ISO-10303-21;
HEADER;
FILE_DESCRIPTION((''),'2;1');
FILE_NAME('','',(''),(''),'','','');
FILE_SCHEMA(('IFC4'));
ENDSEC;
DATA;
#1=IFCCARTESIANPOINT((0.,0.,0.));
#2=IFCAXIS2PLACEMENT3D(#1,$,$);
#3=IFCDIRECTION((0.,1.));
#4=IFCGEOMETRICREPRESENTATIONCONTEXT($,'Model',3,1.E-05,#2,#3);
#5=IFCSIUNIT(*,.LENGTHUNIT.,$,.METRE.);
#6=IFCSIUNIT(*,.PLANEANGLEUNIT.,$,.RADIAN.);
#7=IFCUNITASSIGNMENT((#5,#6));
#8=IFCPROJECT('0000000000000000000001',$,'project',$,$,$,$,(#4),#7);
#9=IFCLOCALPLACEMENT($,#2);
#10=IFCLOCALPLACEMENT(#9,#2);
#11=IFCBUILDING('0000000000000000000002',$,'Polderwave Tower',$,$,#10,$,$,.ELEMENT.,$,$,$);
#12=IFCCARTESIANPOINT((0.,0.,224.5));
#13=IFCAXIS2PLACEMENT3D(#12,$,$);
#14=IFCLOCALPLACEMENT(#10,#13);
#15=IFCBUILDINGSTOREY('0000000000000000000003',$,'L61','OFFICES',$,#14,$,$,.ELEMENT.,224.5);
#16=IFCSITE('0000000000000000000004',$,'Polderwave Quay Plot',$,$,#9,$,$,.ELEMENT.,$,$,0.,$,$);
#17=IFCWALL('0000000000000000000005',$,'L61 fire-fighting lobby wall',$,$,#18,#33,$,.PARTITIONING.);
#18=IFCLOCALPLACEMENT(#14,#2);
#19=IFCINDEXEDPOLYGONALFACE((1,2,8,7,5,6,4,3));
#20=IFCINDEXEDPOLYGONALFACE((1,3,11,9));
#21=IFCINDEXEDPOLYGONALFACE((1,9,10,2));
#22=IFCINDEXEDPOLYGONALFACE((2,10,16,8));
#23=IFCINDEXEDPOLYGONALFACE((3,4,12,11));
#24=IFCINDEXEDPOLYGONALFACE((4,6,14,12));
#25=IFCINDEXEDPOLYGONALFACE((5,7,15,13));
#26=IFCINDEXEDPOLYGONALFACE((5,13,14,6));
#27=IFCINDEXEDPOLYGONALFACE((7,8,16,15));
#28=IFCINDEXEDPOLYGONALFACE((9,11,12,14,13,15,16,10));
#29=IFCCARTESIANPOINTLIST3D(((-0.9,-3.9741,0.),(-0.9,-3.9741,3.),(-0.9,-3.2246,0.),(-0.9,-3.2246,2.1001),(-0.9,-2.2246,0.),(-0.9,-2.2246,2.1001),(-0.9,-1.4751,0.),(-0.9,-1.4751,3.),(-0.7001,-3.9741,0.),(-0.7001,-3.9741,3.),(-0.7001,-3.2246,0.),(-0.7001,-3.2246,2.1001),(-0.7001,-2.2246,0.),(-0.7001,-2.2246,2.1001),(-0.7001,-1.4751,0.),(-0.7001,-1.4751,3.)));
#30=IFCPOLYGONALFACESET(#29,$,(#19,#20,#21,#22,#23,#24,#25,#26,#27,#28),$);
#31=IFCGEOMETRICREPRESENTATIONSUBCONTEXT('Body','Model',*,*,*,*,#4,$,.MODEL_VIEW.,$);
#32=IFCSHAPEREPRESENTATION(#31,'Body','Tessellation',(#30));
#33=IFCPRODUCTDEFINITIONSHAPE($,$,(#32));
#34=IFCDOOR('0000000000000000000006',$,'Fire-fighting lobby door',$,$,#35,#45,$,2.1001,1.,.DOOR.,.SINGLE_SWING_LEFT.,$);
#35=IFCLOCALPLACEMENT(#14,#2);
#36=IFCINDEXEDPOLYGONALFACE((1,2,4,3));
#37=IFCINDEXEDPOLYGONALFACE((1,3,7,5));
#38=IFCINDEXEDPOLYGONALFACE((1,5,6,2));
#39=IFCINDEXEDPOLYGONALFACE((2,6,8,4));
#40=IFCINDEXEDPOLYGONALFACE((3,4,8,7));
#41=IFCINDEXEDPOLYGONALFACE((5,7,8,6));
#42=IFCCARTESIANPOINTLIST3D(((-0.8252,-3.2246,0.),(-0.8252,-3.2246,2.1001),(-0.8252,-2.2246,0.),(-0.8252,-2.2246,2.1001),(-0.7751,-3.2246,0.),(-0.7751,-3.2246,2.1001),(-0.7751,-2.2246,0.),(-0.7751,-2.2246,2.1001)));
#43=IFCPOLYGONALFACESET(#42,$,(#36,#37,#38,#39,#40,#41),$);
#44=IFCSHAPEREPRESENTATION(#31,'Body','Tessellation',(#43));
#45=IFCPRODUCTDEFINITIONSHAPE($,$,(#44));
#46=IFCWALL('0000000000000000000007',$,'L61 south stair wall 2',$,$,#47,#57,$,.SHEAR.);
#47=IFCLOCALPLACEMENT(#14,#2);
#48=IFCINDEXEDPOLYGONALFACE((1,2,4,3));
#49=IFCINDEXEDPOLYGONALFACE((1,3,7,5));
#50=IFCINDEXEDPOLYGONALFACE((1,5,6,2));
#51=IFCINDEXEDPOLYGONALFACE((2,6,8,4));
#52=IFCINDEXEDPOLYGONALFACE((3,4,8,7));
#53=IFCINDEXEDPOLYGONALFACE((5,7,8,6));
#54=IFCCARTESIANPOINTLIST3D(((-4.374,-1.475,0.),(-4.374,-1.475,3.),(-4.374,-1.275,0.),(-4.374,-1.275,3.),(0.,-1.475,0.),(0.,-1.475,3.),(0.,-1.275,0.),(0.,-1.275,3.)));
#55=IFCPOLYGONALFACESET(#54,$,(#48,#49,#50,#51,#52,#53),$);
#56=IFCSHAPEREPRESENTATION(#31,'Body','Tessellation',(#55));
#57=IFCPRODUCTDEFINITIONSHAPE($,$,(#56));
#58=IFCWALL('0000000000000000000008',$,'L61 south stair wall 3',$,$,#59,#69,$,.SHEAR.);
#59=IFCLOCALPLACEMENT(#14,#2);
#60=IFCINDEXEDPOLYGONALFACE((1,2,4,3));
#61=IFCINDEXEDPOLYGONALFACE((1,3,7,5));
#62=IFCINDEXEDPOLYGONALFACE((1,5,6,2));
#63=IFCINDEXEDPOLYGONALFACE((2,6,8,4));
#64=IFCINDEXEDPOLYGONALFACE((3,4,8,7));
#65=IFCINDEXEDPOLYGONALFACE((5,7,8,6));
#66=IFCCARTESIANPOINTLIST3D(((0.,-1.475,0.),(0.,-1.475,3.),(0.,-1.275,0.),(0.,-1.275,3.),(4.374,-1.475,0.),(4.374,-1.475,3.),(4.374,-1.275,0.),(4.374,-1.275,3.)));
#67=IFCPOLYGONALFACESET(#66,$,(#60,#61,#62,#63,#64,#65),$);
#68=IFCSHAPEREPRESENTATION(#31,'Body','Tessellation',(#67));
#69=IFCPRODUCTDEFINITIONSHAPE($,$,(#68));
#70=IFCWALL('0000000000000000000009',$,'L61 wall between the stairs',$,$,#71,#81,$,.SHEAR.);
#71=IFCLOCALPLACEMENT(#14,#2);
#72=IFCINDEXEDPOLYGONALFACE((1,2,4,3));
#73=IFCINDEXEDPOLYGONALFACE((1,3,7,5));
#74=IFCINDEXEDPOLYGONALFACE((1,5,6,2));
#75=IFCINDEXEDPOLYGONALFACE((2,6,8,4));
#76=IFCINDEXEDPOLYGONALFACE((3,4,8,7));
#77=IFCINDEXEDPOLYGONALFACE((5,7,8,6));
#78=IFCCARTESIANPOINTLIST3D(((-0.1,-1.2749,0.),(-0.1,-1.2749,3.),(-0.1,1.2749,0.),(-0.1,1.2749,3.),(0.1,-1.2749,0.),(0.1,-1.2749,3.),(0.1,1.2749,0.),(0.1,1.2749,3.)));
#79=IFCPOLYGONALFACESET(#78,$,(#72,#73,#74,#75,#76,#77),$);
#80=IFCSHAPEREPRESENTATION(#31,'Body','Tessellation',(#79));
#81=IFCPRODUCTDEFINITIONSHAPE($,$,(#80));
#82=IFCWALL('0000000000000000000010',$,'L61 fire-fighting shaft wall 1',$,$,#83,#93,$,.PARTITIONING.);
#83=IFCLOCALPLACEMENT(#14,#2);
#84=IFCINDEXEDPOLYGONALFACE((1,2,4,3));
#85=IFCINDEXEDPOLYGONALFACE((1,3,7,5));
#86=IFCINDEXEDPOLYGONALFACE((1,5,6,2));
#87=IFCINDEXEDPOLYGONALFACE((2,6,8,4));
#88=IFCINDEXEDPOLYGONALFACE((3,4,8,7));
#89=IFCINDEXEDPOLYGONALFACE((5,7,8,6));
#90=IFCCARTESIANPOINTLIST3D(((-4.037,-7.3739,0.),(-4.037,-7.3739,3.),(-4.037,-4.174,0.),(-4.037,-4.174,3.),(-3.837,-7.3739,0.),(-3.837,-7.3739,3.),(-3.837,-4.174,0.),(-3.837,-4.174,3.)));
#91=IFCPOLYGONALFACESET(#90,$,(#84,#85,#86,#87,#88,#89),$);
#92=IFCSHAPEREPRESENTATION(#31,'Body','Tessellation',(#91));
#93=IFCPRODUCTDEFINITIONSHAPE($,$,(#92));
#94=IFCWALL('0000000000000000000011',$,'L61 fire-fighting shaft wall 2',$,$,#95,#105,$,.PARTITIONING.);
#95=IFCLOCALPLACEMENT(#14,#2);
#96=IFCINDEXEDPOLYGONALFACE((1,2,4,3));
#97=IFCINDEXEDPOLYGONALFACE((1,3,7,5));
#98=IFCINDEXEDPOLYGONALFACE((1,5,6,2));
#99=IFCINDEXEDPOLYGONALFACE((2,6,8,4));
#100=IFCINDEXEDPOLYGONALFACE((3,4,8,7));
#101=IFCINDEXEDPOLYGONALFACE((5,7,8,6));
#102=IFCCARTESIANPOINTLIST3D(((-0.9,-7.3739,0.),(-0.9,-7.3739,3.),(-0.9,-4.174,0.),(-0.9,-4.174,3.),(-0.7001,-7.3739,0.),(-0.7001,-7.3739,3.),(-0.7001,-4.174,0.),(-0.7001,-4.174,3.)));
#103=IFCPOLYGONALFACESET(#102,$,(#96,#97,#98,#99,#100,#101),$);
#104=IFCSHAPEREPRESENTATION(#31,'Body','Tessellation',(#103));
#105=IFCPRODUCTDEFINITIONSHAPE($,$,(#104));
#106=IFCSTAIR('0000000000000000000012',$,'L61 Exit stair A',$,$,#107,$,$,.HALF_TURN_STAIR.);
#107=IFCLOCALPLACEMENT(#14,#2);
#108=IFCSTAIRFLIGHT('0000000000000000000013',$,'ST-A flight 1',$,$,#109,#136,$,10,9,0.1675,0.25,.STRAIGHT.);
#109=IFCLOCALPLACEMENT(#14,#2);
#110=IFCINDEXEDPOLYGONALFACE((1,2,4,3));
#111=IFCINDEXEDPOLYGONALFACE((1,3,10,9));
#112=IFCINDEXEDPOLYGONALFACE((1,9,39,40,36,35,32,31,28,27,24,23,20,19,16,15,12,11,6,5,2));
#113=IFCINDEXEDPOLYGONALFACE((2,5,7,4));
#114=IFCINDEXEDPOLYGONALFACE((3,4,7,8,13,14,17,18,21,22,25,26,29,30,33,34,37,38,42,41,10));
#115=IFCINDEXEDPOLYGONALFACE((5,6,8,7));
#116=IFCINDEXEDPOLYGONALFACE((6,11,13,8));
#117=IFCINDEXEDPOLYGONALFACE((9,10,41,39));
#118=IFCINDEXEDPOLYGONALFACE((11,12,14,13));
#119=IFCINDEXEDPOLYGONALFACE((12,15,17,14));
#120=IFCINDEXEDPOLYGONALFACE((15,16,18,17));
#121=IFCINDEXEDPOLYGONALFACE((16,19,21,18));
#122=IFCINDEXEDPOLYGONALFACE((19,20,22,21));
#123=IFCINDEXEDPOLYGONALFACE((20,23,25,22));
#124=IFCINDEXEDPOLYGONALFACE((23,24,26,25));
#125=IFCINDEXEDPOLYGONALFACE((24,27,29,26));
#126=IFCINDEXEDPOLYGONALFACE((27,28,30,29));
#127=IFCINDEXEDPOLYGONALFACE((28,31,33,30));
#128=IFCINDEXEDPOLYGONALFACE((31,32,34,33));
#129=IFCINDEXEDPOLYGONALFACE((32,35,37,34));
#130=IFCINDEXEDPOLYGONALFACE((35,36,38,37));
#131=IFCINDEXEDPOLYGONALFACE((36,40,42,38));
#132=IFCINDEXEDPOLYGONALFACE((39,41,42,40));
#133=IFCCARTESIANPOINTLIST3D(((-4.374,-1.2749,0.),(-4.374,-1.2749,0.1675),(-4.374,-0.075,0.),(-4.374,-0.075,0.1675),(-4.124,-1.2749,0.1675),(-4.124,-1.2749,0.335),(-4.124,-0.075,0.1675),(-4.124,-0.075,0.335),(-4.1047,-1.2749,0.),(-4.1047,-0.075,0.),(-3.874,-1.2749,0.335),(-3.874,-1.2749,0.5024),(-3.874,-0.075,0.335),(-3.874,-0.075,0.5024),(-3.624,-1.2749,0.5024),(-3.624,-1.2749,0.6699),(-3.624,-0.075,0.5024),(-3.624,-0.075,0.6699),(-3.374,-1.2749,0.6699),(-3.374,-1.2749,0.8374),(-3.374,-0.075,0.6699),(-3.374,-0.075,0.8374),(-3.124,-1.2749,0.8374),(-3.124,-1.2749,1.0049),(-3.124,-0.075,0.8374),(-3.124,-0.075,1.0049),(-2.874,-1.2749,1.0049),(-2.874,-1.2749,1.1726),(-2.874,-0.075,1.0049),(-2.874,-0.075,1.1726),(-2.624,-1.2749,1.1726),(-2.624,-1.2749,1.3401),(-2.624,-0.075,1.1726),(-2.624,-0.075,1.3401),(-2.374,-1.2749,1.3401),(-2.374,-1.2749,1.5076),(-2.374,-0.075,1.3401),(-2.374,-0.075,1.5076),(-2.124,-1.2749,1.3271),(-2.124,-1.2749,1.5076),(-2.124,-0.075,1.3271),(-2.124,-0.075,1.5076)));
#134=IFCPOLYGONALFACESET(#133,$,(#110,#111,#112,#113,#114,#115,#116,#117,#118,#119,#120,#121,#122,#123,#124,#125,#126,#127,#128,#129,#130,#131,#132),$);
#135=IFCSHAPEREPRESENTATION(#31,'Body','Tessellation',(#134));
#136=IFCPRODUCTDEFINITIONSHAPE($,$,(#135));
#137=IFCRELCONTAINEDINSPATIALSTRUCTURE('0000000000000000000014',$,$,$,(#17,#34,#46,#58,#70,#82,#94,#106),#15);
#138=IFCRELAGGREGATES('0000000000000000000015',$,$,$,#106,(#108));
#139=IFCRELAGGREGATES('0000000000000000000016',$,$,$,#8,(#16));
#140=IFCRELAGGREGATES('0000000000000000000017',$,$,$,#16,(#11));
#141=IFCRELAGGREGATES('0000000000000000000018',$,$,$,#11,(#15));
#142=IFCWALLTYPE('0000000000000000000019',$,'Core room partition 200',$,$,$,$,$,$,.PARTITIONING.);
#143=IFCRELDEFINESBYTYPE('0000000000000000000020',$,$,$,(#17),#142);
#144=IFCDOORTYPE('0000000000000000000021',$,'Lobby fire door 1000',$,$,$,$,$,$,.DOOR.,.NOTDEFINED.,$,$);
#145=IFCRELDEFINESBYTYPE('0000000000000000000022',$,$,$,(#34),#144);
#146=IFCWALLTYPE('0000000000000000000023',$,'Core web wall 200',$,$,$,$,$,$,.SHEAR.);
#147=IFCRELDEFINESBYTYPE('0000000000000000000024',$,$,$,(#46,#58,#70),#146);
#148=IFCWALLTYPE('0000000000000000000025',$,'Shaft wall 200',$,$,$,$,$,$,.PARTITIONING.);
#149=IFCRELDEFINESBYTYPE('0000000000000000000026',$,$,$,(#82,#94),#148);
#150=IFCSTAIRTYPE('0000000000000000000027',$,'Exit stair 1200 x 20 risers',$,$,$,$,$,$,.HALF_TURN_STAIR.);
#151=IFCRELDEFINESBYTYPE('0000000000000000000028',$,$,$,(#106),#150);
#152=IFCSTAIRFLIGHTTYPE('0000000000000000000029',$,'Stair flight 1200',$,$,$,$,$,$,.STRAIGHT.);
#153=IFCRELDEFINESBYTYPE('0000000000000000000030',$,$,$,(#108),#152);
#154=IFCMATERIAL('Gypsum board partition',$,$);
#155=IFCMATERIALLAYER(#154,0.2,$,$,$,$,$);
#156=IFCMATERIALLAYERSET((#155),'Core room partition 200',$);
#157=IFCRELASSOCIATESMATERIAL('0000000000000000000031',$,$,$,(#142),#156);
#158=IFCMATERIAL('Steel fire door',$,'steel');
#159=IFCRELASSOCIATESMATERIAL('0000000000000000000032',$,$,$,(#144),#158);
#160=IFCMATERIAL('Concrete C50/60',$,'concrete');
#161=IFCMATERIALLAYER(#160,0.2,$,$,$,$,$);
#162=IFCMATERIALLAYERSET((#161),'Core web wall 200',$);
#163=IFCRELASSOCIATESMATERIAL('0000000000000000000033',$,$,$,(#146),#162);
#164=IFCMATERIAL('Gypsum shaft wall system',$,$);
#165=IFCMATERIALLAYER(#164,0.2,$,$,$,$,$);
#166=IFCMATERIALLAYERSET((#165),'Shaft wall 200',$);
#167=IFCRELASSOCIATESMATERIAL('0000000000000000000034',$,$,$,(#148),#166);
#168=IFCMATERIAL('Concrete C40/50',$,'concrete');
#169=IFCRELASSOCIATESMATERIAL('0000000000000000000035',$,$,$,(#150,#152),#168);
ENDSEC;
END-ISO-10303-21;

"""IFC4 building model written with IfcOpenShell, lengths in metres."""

from ifc_helpers import new_model, si_unit, direction, frame, frame_2d, origin, place, context, subcontext, project, spatial, polyline, rectangle, outline, extrude, material, layer, layer_set, type_object, element, fill, aggregate, save


model = new_model("IFC4")

# Units and contexts
model_context = context("Model", 3, precision=1e-05, world=origin(), true_north=direction((0.0, 1.0)))
body_context = subcontext(model_context, "Body", "Model", "MODEL_VIEW")
ifc_project = project(units=[si_unit("LENGTHUNIT", "METRE"), si_unit("PLANEANGLEUNIT", "RADIAN")], contexts=[model_context])

# Site, building, storey
site_placement = place(None, origin())
site = spatial("IfcSite", under=ifc_project, at=site_placement, Name="Polderwave Quay Plot", CompositionType="ELEMENT", RefElevation=0.0)
building_placement = place(site_placement, origin())
building = spatial("IfcBuilding", under=site, at=building_placement, Name="Polderwave Tower", CompositionType="ELEMENT")
storey_placement = place(building_placement, frame((0.0, 0.0, 224.5)))
storey = spatial("IfcBuildingStorey", under=building, at=storey_placement, Name="L61", Description="OFFICES", CompositionType="ELEMENT", Elevation=224.5)

# Wall, opening, door
ifc_material_1 = material(Name="Gypsum board partition")
ifc_layer_1 = layer(ifc_material_1, 0.2)
ifc_layer_set_1 = layer_set([ifc_layer_1], Name="Core room partition 200")
wall_type_1 = type_object("IfcWallType", Name="Core room partition 200", PredefinedType="PARTITIONING", material=ifc_layer_set_1)
wall_1_placement = place(storey_placement, frame((-0.8, -3.9741, 0.0), z_axis=(0.0, 0.0, 1.0), x_axis=(0.0, 1.0, 0.0)))
wall_1 = element("IfcWall", 1, at=wall_1_placement, inside=storey, type_object=wall_type_1, Name="L61 fire-fighting lobby wall", PredefinedType="PARTITIONING", context=body_context, shape_type="SweptSolid", body=[
    extrude(rectangle(XDim=2.499, YDim=0.2, at=frame_2d((1.2495, 0.0))), origin(), (0.0, 0.0, 1.0), 3.0),
])
opening_placement = place(wall_1_placement, frame((0.7495, 0.0, 0.0)))
opening = element("IfcOpeningElement", 2, at=opening_placement, cuts=wall_1, PredefinedType="OPENING", context=body_context, shape_type="SweptSolid", body=[
    extrude(rectangle(XDim=1.0, YDim=2.1001, at=frame_2d((0.5, 1.05))), frame((0.0, 0.1099, 0.0), z_axis=(0.0, -1.0, 0.0), x_axis=(1.0, 0.0, 0.0)), (0.0, 0.0, 1.0), 0.22),
])
ifc_material_2 = material(Name="Steel fire door", Category="steel")
door_type = type_object("IfcDoorType", Name="Lobby fire door 1000", OperationType="NOTDEFINED", PredefinedType="DOOR", material=ifc_material_2)
door_placement = place(opening_placement, frame((1.0, 0.0, 0.0), z_axis=(0.0, 0.0, 1.0), x_axis=(-1.0, 0.0, 0.0)))
door = element("IfcDoor", 3, at=door_placement, inside=storey, type_object=door_type, Name="Fire-fighting lobby door", OperationType="SINGLE_SWING_LEFT", OverallHeight=2.1001, OverallWidth=1.0, PredefinedType="DOOR", context=body_context, shape_type="SweptSolid", body=[
    extrude(rectangle(XDim=1.0, YDim=2.1001, at=frame_2d((0.5, 1.05))), frame((0.0, 0.0249, 0.0), z_axis=(0.0, -1.0, 0.0), x_axis=(1.0, 0.0, 0.0)), (0.0, 0.0, 1.0), 0.05),
])
fill(opening, door)

# Walls
ifc_material_3 = material(Name="Concrete C50/60", Category="concrete")
ifc_layer_2 = layer(ifc_material_3, 0.2)
ifc_layer_set_2 = layer_set([ifc_layer_2], Name="Core web wall 200")
wall_type_2 = type_object("IfcWallType", Name="Core web wall 200", PredefinedType="SHEAR", material=ifc_layer_set_2)
for number, where, z_axis, x_axis, name in (
    (4, (-4.374, -1.375, 0.0), (0.0, 0.0, 1.0), (1.0, 0.0, 0.0), "L61 south stair wall 2"),
    (5, (0.0, -1.375, 0.0), (0.0, 0.0, 1.0), (1.0, 0.0, 0.0), "L61 south stair wall 3"),
):
    element("IfcWall", number, at=place(storey_placement, frame(where, z_axis=z_axis, x_axis=x_axis)), inside=storey, type_object=wall_type_2, Name=name, PredefinedType="SHEAR", context=body_context, shape_type="SweptSolid", body=[
        extrude(rectangle(XDim=4.374, YDim=0.2, at=frame_2d((2.187, 0.0))), origin(), (0.0, 0.0, 1.0), 3.0),
    ])
wall_2_placement = place(storey_placement, frame((0.0, -1.2749, 0.0), z_axis=(0.0, 0.0, 1.0), x_axis=(0.0, 1.0, 0.0)))
element("IfcWall", 6, at=wall_2_placement, inside=storey, type_object=wall_type_2, Name="L61 wall between the stairs", PredefinedType="SHEAR", context=body_context, shape_type="SweptSolid", body=[
    extrude(rectangle(XDim=2.5498, YDim=0.2, at=frame_2d((1.2749, 0.0))), origin(), (0.0, 0.0, 1.0), 3.0),
])
ifc_material_4 = material(Name="Gypsum shaft wall system")
ifc_layer_3 = layer(ifc_material_4, 0.2)
ifc_layer_set_3 = layer_set([ifc_layer_3], Name="Shaft wall 200")
wall_type_3 = type_object("IfcWallType", Name="Shaft wall 200", PredefinedType="PARTITIONING", material=ifc_layer_set_3)
for number, where, z_axis, x_axis, name in (
    (7, (-3.937, -7.374, 0.0), (0.0, 0.0, 1.0), (0.0, 1.0, 0.0), "L61 fire-fighting shaft wall 1"),
    (8, (-0.8, -7.374, 0.0), (0.0, 0.0, 1.0), (0.0, 1.0, 0.0), "L61 fire-fighting shaft wall 2"),
):
    element("IfcWall", number, at=place(storey_placement, frame(where, z_axis=z_axis, x_axis=x_axis)), inside=storey, type_object=wall_type_3, Name=name, PredefinedType="PARTITIONING", context=body_context, shape_type="SweptSolid", body=[
        extrude(rectangle(XDim=3.2, YDim=0.2, at=frame_2d((1.6001, 0.0))), origin(), (0.0, 0.0, 1.0), 3.0),
    ])

# Stair, stair flight
ifc_material_5 = material(Name="Concrete C40/50", Category="concrete")
stair_type = type_object("IfcStairType", Name="Exit stair 1200 x 20 risers", PredefinedType="HALF_TURN_STAIR", material=ifc_material_5)
stair_placement = place(storey_placement, origin())
stair = element("IfcStair", 9, at=stair_placement, inside=storey, type_object=stair_type, Name="L61 Exit stair A", PredefinedType="HALF_TURN_STAIR")
stair_flight_type = type_object("IfcStairFlightType", Name="Stair flight 1200", PredefinedType="STRAIGHT", material=ifc_material_5)
stair_flight_placement = place(storey_placement, frame((-4.374, -0.675, 0.0), z_axis=(0.0, 0.0, 1.0), x_axis=(1.0, 0.0, 0.0)))
stair_flight = element("IfcStairFlight", 10, at=stair_flight_placement, type_object=stair_flight_type, Name="ST-A flight 1", NumberOfRisers=10, NumberOfTreads=9, PredefinedType="STRAIGHT", RiserHeight=0.1675, TreadLength=0.25, context=body_context, shape_type="SweptSolid", body=[
    extrude(outline(polyline([(0.0, 0.0), (0.0, 0.1675), (0.25, 0.1675), (0.25, 0.335), (0.5, 0.335), (0.5, 0.5024), (0.75, 0.5024), (0.75, 0.6699), (1.0, 0.6699), (1.0, 0.8374), (1.25, 0.8374), (1.25, 1.0049), (1.5, 1.0049), (1.5, 1.1726), (1.75, 1.1726), (1.75, 1.3401), (2.0, 1.3401), (2.0, 1.5076), (2.25, 1.5076), (2.25, 1.675), (2.25, 1.3271), (0.2693, 0.0), (0.0, 0.0)])), frame((0.0, 0.6001, 0.0), z_axis=(0.0, -1.0, 0.0), x_axis=(1.0, 0.0, 0.0)), (0.0, 0.0, 1.0), 1.2),
])
aggregate(stair, [stair_flight])

save(model, "model.ifc")
